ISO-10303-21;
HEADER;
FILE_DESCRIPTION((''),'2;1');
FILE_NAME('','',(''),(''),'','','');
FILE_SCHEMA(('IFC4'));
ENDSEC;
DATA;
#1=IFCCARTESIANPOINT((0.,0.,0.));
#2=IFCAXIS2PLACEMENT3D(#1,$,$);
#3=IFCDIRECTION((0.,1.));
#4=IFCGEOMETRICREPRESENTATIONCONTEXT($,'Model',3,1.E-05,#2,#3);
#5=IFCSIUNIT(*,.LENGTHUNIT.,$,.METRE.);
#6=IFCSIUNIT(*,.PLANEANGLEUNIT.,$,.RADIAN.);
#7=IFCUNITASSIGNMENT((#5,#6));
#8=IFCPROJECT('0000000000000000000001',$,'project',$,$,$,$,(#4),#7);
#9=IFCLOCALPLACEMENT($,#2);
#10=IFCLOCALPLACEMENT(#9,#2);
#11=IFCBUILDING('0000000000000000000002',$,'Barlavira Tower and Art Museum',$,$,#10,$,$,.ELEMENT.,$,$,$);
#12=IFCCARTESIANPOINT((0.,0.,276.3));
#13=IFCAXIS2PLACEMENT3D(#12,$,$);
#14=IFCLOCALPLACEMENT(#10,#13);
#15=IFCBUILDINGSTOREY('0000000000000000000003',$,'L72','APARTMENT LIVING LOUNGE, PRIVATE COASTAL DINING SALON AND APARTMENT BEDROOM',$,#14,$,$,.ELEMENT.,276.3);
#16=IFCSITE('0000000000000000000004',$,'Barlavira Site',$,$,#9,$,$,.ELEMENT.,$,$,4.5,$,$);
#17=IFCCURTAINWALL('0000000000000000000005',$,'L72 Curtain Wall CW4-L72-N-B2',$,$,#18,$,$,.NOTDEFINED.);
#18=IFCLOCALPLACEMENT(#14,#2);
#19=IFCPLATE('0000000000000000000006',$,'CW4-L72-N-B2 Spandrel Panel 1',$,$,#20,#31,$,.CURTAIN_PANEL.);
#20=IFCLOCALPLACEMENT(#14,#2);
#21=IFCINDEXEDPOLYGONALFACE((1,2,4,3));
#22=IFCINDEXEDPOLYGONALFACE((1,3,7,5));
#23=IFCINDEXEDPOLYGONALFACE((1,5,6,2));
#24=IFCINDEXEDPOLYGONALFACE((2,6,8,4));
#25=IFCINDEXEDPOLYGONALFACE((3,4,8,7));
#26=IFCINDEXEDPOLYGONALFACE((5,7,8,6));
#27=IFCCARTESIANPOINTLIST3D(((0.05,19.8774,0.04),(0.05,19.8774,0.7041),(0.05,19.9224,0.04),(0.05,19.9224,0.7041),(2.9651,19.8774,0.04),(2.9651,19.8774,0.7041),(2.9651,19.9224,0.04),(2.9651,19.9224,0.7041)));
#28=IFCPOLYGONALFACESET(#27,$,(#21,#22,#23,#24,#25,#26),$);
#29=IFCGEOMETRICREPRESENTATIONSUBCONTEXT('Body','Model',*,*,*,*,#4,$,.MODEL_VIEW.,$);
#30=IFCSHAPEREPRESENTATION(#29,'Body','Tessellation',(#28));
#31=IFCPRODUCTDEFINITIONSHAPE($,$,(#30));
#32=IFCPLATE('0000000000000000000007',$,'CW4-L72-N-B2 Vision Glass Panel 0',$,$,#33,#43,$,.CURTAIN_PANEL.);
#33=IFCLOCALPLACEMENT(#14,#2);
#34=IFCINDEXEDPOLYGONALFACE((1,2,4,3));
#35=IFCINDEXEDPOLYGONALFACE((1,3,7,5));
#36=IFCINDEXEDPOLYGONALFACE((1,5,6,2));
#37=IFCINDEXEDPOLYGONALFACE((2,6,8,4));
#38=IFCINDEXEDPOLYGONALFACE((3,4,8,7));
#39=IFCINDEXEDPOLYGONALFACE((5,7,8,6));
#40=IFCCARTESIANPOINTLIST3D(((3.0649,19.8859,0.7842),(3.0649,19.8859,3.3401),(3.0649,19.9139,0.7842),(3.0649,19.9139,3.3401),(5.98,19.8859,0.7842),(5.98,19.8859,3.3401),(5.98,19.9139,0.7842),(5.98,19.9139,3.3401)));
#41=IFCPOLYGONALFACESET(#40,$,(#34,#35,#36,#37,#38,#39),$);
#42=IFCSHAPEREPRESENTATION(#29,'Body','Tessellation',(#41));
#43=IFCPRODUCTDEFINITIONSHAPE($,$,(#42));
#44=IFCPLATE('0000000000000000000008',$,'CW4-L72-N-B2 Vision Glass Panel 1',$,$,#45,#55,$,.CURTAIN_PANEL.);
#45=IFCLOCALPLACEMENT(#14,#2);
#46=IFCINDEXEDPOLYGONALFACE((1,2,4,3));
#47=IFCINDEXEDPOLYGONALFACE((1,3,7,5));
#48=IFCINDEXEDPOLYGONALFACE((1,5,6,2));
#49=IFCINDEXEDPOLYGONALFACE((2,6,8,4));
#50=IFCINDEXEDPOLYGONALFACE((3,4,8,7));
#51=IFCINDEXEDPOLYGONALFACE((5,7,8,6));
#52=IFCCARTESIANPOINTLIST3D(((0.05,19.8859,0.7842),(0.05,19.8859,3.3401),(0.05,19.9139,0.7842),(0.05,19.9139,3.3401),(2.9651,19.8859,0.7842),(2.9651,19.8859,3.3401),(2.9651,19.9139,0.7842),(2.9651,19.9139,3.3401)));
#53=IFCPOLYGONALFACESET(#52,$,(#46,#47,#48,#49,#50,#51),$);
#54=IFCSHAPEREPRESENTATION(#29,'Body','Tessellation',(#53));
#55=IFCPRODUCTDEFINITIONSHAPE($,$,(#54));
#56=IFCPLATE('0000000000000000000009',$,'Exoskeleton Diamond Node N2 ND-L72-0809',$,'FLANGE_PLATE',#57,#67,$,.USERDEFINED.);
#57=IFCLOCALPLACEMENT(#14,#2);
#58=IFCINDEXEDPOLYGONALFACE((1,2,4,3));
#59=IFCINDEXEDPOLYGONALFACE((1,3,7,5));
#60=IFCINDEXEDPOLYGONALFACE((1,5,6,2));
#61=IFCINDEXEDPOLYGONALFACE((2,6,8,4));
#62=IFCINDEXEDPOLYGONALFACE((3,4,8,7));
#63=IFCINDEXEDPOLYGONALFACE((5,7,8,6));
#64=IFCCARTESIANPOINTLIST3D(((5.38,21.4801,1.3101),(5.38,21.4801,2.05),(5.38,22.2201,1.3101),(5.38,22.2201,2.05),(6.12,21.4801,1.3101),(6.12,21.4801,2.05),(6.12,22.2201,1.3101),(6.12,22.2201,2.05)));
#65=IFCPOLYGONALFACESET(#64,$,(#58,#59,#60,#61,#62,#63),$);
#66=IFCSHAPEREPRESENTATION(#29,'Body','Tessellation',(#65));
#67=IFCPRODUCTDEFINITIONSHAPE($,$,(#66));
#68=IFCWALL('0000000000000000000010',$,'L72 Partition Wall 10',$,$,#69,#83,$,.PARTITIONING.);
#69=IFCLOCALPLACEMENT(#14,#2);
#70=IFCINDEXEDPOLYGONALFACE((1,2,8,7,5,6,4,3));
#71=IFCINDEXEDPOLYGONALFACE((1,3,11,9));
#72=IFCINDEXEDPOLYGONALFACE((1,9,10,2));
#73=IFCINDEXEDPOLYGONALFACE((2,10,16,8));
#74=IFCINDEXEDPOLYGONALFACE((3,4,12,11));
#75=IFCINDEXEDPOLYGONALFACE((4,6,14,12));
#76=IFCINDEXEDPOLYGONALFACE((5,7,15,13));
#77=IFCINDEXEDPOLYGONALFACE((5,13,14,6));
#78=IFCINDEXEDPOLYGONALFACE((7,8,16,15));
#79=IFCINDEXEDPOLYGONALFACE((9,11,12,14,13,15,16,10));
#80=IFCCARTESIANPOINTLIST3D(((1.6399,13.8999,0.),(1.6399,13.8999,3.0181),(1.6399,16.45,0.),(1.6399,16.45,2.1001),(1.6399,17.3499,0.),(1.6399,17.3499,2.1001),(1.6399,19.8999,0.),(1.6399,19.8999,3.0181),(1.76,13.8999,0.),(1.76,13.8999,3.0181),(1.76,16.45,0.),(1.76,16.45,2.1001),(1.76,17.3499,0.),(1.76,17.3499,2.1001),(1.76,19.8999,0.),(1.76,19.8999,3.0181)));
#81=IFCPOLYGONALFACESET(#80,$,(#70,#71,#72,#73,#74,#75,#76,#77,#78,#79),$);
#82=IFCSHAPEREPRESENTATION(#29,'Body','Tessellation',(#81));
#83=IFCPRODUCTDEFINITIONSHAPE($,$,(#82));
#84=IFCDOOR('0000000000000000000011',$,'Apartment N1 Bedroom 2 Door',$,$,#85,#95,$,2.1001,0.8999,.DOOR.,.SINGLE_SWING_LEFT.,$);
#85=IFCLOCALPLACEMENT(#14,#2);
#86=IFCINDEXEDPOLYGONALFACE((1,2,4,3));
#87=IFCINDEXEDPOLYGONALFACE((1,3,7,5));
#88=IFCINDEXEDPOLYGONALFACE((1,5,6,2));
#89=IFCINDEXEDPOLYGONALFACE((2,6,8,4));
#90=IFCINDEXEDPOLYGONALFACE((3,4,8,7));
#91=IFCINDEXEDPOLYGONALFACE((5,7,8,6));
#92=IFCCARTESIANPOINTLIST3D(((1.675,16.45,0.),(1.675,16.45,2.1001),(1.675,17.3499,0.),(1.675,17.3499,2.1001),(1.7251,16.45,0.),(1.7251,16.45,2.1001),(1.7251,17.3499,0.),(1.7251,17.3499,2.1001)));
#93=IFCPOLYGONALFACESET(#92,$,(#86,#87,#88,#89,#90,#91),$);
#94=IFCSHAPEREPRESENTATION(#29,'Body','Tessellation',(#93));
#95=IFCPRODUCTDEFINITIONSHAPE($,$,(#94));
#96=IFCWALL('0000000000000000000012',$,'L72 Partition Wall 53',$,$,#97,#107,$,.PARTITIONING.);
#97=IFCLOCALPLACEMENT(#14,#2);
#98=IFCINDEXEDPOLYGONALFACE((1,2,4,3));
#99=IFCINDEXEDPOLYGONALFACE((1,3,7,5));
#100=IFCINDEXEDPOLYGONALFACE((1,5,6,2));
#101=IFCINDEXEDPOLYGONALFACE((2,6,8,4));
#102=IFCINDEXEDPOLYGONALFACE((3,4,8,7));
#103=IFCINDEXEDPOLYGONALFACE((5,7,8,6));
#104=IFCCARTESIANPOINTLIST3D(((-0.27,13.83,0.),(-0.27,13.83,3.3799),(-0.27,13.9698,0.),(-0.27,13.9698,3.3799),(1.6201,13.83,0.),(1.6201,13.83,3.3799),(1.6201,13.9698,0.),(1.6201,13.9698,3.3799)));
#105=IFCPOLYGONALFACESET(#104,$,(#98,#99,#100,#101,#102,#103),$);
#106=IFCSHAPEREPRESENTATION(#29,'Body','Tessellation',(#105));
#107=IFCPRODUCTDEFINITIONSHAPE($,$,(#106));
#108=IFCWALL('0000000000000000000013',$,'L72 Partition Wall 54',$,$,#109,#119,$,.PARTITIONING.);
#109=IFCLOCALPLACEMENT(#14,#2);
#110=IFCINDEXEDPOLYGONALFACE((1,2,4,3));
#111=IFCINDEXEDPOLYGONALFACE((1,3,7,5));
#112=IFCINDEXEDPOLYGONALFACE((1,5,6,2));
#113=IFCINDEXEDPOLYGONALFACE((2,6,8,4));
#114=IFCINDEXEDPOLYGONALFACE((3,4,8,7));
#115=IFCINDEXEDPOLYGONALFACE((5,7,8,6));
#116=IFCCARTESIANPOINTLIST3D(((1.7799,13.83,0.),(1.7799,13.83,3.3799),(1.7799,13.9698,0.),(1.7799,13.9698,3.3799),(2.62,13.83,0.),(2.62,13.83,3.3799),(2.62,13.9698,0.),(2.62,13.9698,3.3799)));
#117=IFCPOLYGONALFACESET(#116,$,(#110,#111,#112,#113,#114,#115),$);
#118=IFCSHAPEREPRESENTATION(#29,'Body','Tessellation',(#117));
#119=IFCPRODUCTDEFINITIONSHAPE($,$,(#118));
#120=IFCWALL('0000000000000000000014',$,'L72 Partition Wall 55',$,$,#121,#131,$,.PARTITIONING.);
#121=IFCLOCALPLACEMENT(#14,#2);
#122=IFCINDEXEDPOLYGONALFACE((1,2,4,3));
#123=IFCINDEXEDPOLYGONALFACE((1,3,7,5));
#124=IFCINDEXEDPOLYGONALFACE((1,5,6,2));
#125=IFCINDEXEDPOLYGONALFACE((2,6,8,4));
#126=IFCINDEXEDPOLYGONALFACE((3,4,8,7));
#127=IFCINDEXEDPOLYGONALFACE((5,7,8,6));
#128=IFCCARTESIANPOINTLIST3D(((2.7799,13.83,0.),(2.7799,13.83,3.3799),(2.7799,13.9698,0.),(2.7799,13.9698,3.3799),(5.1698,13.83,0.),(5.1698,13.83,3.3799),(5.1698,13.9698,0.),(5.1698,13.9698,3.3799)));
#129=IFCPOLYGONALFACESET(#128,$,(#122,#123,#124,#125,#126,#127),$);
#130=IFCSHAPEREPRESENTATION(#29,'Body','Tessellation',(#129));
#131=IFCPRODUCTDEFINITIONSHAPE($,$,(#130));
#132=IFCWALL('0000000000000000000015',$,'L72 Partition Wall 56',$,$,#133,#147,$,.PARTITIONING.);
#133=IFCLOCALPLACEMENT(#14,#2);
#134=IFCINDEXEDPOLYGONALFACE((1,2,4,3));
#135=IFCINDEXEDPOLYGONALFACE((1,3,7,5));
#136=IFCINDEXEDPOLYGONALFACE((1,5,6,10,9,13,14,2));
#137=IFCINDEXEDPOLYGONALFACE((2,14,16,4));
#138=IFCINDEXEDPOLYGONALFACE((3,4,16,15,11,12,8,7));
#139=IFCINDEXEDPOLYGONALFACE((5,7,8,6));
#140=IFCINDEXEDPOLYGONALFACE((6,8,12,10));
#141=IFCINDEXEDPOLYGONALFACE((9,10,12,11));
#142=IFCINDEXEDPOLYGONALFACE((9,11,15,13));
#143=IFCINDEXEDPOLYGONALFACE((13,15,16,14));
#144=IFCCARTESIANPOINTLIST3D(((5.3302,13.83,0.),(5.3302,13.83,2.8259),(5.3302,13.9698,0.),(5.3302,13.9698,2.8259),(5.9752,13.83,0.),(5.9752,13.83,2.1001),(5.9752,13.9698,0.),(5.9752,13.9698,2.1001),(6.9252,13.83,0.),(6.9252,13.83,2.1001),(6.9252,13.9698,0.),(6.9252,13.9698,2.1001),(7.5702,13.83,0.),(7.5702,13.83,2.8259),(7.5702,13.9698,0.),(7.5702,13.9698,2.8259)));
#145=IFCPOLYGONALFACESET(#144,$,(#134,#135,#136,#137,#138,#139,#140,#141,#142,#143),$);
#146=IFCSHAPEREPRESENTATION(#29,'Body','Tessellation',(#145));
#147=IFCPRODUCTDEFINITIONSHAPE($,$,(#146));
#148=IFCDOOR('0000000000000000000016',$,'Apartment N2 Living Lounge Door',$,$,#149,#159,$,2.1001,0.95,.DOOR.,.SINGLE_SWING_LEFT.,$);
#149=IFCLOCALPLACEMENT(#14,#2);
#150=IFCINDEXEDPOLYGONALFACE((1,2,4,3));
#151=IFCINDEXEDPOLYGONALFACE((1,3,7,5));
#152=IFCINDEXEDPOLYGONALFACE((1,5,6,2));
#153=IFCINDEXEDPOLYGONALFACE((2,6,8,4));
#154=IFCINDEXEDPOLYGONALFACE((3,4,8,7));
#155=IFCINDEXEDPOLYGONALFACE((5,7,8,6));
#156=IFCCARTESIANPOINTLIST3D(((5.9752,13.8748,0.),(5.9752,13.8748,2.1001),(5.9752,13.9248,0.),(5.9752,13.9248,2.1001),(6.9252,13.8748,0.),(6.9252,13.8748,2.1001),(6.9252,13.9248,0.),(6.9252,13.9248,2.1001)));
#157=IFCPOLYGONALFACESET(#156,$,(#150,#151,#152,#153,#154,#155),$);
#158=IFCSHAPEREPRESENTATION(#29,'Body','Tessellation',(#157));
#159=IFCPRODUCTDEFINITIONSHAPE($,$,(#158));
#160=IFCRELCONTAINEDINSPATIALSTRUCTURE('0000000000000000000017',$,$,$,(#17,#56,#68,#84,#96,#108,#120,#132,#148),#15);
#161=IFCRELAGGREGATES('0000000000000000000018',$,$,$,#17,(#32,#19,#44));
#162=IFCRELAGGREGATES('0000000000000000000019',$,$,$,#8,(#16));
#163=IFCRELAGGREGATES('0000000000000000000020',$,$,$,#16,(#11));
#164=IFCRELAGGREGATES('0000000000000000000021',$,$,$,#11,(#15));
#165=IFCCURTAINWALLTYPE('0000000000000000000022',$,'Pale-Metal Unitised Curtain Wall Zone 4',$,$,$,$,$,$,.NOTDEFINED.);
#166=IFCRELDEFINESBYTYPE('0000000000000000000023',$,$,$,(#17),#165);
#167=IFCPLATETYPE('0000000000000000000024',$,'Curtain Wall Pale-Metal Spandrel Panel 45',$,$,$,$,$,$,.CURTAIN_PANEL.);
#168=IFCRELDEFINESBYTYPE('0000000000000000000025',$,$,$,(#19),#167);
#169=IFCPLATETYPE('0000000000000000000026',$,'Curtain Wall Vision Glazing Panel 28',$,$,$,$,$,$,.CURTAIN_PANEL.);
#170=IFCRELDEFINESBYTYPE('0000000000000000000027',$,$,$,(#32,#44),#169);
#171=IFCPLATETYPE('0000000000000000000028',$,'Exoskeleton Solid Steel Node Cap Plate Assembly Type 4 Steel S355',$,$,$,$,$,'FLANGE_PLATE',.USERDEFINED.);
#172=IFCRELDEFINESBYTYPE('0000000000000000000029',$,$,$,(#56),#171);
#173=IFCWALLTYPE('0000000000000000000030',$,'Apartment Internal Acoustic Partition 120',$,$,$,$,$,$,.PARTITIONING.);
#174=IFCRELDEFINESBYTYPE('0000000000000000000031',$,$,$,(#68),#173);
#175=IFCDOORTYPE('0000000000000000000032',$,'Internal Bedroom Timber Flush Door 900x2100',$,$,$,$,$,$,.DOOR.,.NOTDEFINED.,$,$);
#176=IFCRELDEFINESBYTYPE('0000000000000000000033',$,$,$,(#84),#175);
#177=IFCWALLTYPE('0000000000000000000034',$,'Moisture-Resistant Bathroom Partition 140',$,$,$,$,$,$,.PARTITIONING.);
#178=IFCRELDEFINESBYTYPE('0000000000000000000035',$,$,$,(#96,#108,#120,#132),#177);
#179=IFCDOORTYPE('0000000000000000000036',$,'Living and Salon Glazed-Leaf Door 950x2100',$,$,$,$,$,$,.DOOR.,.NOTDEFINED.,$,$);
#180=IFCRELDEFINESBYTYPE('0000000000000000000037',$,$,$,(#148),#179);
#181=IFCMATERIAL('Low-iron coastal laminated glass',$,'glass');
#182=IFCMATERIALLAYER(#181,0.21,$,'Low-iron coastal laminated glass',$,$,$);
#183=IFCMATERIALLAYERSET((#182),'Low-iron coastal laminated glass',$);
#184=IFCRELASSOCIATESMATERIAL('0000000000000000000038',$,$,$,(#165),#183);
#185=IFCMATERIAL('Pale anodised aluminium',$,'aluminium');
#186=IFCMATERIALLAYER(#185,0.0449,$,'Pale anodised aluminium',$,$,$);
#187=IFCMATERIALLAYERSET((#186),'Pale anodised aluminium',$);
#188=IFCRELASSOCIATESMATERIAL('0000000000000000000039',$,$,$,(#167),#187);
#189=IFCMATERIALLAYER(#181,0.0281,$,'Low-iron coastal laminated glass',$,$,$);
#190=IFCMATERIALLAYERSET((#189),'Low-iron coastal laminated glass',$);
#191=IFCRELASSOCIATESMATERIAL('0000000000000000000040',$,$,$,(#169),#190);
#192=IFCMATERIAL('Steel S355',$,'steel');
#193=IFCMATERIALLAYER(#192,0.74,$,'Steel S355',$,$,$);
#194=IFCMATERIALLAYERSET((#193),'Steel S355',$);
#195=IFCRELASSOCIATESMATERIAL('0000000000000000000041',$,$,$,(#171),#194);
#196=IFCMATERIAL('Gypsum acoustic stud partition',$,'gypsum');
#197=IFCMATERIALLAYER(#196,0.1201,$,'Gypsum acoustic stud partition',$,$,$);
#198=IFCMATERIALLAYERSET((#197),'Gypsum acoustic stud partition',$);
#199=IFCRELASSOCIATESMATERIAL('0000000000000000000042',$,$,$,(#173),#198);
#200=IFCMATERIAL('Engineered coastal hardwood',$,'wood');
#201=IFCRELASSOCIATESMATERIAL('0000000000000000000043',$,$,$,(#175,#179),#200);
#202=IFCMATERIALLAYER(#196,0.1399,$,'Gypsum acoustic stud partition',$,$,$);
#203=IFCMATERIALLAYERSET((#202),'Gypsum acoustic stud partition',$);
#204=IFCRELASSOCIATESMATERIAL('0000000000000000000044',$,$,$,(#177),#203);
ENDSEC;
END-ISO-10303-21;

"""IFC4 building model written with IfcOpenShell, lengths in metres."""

from ifc_helpers import new_model, si_unit, direction, frame, frame_2d, origin, origin_2d, place, context, subcontext, project, spatial, rectangle, extrude, material, layer, layer_set, type_object, element, fill, aggregate, save


model = new_model("IFC4")

# Units and contexts
model_context = context("Model", 3, precision=1e-05, world=origin(), true_north=direction((0.0, 1.0)))
body_context = subcontext(model_context, "Body", "Model", "MODEL_VIEW")
ifc_project = project(units=[si_unit("LENGTHUNIT", "METRE"), si_unit("PLANEANGLEUNIT", "RADIAN")], contexts=[model_context])

# Site, building, storey
site_placement = place(None, origin())
site = spatial("IfcSite", under=ifc_project, at=site_placement, Name="Barlavira Site", CompositionType="ELEMENT", RefElevation=4.5)
building_placement = place(site_placement, origin())
building = spatial("IfcBuilding", under=site, at=building_placement, Name="Barlavira Tower and Art Museum", CompositionType="ELEMENT")
storey_placement = place(building_placement, frame((0.0, 0.0, 276.3)))
storey = spatial("IfcBuildingStorey", under=building, at=storey_placement, Name="L72", Description="APARTMENT LIVING LOUNGE, PRIVATE COASTAL DINING SALON AND APARTMENT BEDROOM", CompositionType="ELEMENT", Elevation=276.3)

# Curtain wall, plates
ifc_material_1 = material(Name="Low-iron coastal laminated glass", Category="glass")
ifc_layer_1 = layer(ifc_material_1, 0.21, Name="Low-iron coastal laminated glass")
ifc_layer_set_1 = layer_set([ifc_layer_1], Name="Low-iron coastal laminated glass")
curtain_wall_type = type_object("IfcCurtainWallType", Name="Pale-Metal Unitised Curtain Wall Zone 4", PredefinedType="NOTDEFINED", material=ifc_layer_set_1)
curtain_wall_placement = place(storey_placement, origin())
curtain_wall = element("IfcCurtainWall", 1, at=curtain_wall_placement, inside=storey, type_object=curtain_wall_type, Name="L72 Curtain Wall CW4-L72-N-B2", PredefinedType="NOTDEFINED")
ifc_material_2 = material(Name="Pale anodised aluminium", Category="aluminium")
ifc_layer_2 = layer(ifc_material_2, 0.0449, Name="Pale anodised aluminium")
ifc_layer_set_2 = layer_set([ifc_layer_2], Name="Pale anodised aluminium")
plate_type_1 = type_object("IfcPlateType", Name="Curtain Wall Pale-Metal Spandrel Panel 45", PredefinedType="CURTAIN_PANEL", material=ifc_layer_set_2)
plate_1_placement = place(storey_placement, frame((1.5076, 19.8999, 0.04), z_axis=(0.0, 0.0, 1.0), x_axis=(-1.0, 0.0, 0.0)))
plate_1 = element("IfcPlate", 2, at=plate_1_placement, type_object=plate_type_1, Name="CW4-L72-N-B2 Spandrel Panel 1", PredefinedType="CURTAIN_PANEL", context=body_context, shape_type="SweptSolid", body=[
    extrude(rectangle(XDim=2.915, YDim=0.0449, at=origin_2d()), origin(), (0.0, 0.0, 1.0), 0.6641),
])
ifc_layer_3 = layer(ifc_material_1, 0.0281, Name="Low-iron coastal laminated glass")
ifc_layer_set_3 = layer_set([ifc_layer_3], Name="Low-iron coastal laminated glass")
plate_type_2 = type_object("IfcPlateType", Name="Curtain Wall Vision Glazing Panel 28", PredefinedType="CURTAIN_PANEL", material=ifc_layer_set_3)
plate_2_placement = place(storey_placement, frame((4.5225, 19.8999, 0.7842), z_axis=(0.0, 0.0, 1.0), x_axis=(-1.0, 0.0, 0.0)))
plate_2 = element("IfcPlate", 3, at=plate_2_placement, type_object=plate_type_2, Name="CW4-L72-N-B2 Vision Glass Panel 0", PredefinedType="CURTAIN_PANEL", context=body_context, shape_type="SweptSolid", body=[
    extrude(rectangle(XDim=2.915, YDim=0.0281, at=origin_2d()), origin(), (0.0, 0.0, 1.0), 2.5559),
])
plate_3_placement = place(storey_placement, frame((1.5076, 19.8999, 0.7842), z_axis=(0.0, 0.0, 1.0), x_axis=(-1.0, 0.0, 0.0)))
plate_3 = element("IfcPlate", 4, at=plate_3_placement, type_object=plate_type_2, Name="CW4-L72-N-B2 Vision Glass Panel 1", PredefinedType="CURTAIN_PANEL", context=body_context, shape_type="SweptSolid", body=[
    extrude(rectangle(XDim=2.915, YDim=0.0281, at=origin_2d()), origin(), (0.0, 0.0, 1.0), 2.5559),
])
aggregate(curtain_wall, [plate_2, plate_1, plate_3])

# Plate
ifc_material_3 = material(Name="Steel S355", Category="steel")
ifc_layer_4 = layer(ifc_material_3, 0.74, Name="Steel S355")
ifc_layer_set_4 = layer_set([ifc_layer_4], Name="Steel S355")
plate_type_3 = type_object("IfcPlateType", Name="Exoskeleton Solid Steel Node Cap Plate Assembly Type 4 Steel S355", ElementType="FLANGE_PLATE", PredefinedType="USERDEFINED", material=ifc_layer_set_4)
plate_4_placement = place(storey_placement, frame((5.75, 21.8501, 1.3101), z_axis=(0.0, 0.0, 1.0), x_axis=(1.0, 0.0, 0.0)))
element("IfcPlate", 5, at=plate_4_placement, inside=storey, type_object=plate_type_3, Name="Exoskeleton Diamond Node N2 ND-L72-0809", ObjectType="FLANGE_PLATE", PredefinedType="USERDEFINED", context=body_context, shape_type="SweptSolid", body=[
    extrude(rectangle(XDim=0.74, YDim=0.74, at=origin_2d()), origin(), (0.0, 0.0, 1.0), 0.74),
])

# Wall, opening, door
ifc_material_4 = material(Name="Gypsum acoustic stud partition", Category="gypsum")
ifc_layer_5 = layer(ifc_material_4, 0.1201, Name="Gypsum acoustic stud partition")
ifc_layer_set_5 = layer_set([ifc_layer_5], Name="Gypsum acoustic stud partition")
wall_type_1 = type_object("IfcWallType", Name="Apartment Internal Acoustic Partition 120", PredefinedType="PARTITIONING", material=ifc_layer_set_5)
wall_1_placement = place(storey_placement, frame((1.7, 13.8999, 0.0), z_axis=(0.0, 0.0, 1.0), x_axis=(0.0, 1.0, 0.0)))
wall_1 = element("IfcWall", 6, at=wall_1_placement, inside=storey, type_object=wall_type_1, Name="L72 Partition Wall 10", PredefinedType="PARTITIONING", context=body_context, shape_type="SweptSolid", body=[
    extrude(rectangle(XDim=6.0, YDim=0.1201, at=frame_2d((3.0, 0.0))), origin(), (0.0, 0.0, 1.0), 3.0181),
])
opening_1_placement = place(wall_1_placement, frame((2.55, 0.0, 0.0)))
opening_1 = element("IfcOpeningElement", 7, at=opening_1_placement, cuts=wall_1, PredefinedType="OPENING", context=body_context, shape_type="SweptSolid", body=[
    extrude(rectangle(XDim=0.8999, YDim=2.1001, at=frame_2d((0.45, 1.05))), frame((0.0, 0.0701, 0.0), z_axis=(0.0, -1.0, 0.0), x_axis=(1.0, 0.0, 0.0)), (0.0, 0.0, 1.0), 0.1401),
])
ifc_material_5 = material(Name="Engineered coastal hardwood", Category="wood")
door_type_1 = type_object("IfcDoorType", Name="Internal Bedroom Timber Flush Door 900x2100", OperationType="NOTDEFINED", PredefinedType="DOOR", material=ifc_material_5)
door_1_placement = place(opening_1_placement, origin())
door_1 = element("IfcDoor", 8, at=door_1_placement, inside=storey, type_object=door_type_1, Name="Apartment N1 Bedroom 2 Door", OperationType="SINGLE_SWING_LEFT", OverallHeight=2.1001, OverallWidth=0.8999, PredefinedType="DOOR", context=body_context, shape_type="SweptSolid", body=[
    extrude(rectangle(XDim=0.8999, YDim=2.1001, at=frame_2d((0.45, 1.05))), frame((0.0, 0.0249, 0.0), z_axis=(0.0, -1.0, 0.0), x_axis=(1.0, 0.0, 0.0)), (0.0, 0.0, 1.0), 0.05),
])
fill(opening_1, door_1)

# Walls
ifc_layer_6 = layer(ifc_material_4, 0.1399, Name="Gypsum acoustic stud partition")
ifc_layer_set_6 = layer_set([ifc_layer_6], Name="Gypsum acoustic stud partition")
wall_type_2 = type_object("IfcWallType", Name="Moisture-Resistant Bathroom Partition 140", PredefinedType="PARTITIONING", material=ifc_layer_set_6)
wall_2_placement = place(storey_placement, frame((-0.27, 13.8999, 0.0), z_axis=(0.0, 0.0, 1.0), x_axis=(1.0, 0.0, 0.0)))
element("IfcWall", 9, at=wall_2_placement, inside=storey, type_object=wall_type_2, Name="L72 Partition Wall 53", PredefinedType="PARTITIONING", context=body_context, shape_type="SweptSolid", body=[
    extrude(rectangle(XDim=1.8901, YDim=0.1399, at=frame_2d((0.9451, 0.0))), origin(), (0.0, 0.0, 1.0), 3.3799),
])
wall_3_placement = place(storey_placement, frame((1.78, 13.8999, 0.0), z_axis=(0.0, 0.0, 1.0), x_axis=(1.0, 0.0, 0.0)))
element("IfcWall", 10, at=wall_3_placement, inside=storey, type_object=wall_type_2, Name="L72 Partition Wall 54", PredefinedType="PARTITIONING", context=body_context, shape_type="SweptSolid", body=[
    extrude(rectangle(XDim=0.8401, YDim=0.1399, at=frame_2d((0.4199, 0.0))), origin(), (0.0, 0.0, 1.0), 3.3799),
])
wall_4_placement = place(storey_placement, frame((2.78, 13.8999, 0.0), z_axis=(0.0, 0.0, 1.0), x_axis=(1.0, 0.0, 0.0)))
element("IfcWall", 11, at=wall_4_placement, inside=storey, type_object=wall_type_2, Name="L72 Partition Wall 55", PredefinedType="PARTITIONING", context=body_context, shape_type="SweptSolid", body=[
    extrude(rectangle(XDim=2.3899, YDim=0.1399, at=frame_2d((1.1948, 0.0))), origin(), (0.0, 0.0, 1.0), 3.3799),
])

# Wall, opening, door
wall_5_placement = place(storey_placement, frame((5.3301, 13.8999, 0.0), z_axis=(0.0, 0.0, 1.0), x_axis=(1.0, 0.0, 0.0)))
wall_5 = element("IfcWall", 12, at=wall_5_placement, inside=storey, type_object=wall_type_2, Name="L72 Partition Wall 56", PredefinedType="PARTITIONING", context=body_context, shape_type="SweptSolid", body=[
    extrude(rectangle(XDim=2.24, YDim=0.1399, at=frame_2d((1.1201, 0.0))), origin(), (0.0, 0.0, 1.0), 2.8259),
])
opening_2_placement = place(wall_5_placement, frame((0.645, 0.0, 0.0)))
opening_2 = element("IfcOpeningElement", 13, at=opening_2_placement, cuts=wall_5, PredefinedType="OPENING", context=body_context, shape_type="SweptSolid", body=[
    extrude(rectangle(XDim=0.95, YDim=2.1001, at=frame_2d((0.4751, 1.05))), frame((0.0, 0.0801, 0.0), z_axis=(0.0, -1.0, 0.0), x_axis=(1.0, 0.0, 0.0)), (0.0, 0.0, 1.0), 0.1599),
])
door_type_2 = type_object("IfcDoorType", Name="Living and Salon Glazed-Leaf Door 950x2100", OperationType="NOTDEFINED", PredefinedType="DOOR", material=ifc_material_5)
door_2_placement = place(opening_2_placement, origin())
door_2 = element("IfcDoor", 14, at=door_2_placement, inside=storey, type_object=door_type_2, Name="Apartment N2 Living Lounge Door", OperationType="SINGLE_SWING_LEFT", OverallHeight=2.1001, OverallWidth=0.95, PredefinedType="DOOR", context=body_context, shape_type="SweptSolid", body=[
    extrude(rectangle(XDim=0.95, YDim=2.1001, at=frame_2d((0.4751, 1.05))), frame((0.0, 0.0249, 0.0), z_axis=(0.0, -1.0, 0.0), x_axis=(1.0, 0.0, 0.0)), (0.0, 0.0, 1.0), 0.05),
])
fill(opening_2, door_2)

save(model, "model.ifc")
